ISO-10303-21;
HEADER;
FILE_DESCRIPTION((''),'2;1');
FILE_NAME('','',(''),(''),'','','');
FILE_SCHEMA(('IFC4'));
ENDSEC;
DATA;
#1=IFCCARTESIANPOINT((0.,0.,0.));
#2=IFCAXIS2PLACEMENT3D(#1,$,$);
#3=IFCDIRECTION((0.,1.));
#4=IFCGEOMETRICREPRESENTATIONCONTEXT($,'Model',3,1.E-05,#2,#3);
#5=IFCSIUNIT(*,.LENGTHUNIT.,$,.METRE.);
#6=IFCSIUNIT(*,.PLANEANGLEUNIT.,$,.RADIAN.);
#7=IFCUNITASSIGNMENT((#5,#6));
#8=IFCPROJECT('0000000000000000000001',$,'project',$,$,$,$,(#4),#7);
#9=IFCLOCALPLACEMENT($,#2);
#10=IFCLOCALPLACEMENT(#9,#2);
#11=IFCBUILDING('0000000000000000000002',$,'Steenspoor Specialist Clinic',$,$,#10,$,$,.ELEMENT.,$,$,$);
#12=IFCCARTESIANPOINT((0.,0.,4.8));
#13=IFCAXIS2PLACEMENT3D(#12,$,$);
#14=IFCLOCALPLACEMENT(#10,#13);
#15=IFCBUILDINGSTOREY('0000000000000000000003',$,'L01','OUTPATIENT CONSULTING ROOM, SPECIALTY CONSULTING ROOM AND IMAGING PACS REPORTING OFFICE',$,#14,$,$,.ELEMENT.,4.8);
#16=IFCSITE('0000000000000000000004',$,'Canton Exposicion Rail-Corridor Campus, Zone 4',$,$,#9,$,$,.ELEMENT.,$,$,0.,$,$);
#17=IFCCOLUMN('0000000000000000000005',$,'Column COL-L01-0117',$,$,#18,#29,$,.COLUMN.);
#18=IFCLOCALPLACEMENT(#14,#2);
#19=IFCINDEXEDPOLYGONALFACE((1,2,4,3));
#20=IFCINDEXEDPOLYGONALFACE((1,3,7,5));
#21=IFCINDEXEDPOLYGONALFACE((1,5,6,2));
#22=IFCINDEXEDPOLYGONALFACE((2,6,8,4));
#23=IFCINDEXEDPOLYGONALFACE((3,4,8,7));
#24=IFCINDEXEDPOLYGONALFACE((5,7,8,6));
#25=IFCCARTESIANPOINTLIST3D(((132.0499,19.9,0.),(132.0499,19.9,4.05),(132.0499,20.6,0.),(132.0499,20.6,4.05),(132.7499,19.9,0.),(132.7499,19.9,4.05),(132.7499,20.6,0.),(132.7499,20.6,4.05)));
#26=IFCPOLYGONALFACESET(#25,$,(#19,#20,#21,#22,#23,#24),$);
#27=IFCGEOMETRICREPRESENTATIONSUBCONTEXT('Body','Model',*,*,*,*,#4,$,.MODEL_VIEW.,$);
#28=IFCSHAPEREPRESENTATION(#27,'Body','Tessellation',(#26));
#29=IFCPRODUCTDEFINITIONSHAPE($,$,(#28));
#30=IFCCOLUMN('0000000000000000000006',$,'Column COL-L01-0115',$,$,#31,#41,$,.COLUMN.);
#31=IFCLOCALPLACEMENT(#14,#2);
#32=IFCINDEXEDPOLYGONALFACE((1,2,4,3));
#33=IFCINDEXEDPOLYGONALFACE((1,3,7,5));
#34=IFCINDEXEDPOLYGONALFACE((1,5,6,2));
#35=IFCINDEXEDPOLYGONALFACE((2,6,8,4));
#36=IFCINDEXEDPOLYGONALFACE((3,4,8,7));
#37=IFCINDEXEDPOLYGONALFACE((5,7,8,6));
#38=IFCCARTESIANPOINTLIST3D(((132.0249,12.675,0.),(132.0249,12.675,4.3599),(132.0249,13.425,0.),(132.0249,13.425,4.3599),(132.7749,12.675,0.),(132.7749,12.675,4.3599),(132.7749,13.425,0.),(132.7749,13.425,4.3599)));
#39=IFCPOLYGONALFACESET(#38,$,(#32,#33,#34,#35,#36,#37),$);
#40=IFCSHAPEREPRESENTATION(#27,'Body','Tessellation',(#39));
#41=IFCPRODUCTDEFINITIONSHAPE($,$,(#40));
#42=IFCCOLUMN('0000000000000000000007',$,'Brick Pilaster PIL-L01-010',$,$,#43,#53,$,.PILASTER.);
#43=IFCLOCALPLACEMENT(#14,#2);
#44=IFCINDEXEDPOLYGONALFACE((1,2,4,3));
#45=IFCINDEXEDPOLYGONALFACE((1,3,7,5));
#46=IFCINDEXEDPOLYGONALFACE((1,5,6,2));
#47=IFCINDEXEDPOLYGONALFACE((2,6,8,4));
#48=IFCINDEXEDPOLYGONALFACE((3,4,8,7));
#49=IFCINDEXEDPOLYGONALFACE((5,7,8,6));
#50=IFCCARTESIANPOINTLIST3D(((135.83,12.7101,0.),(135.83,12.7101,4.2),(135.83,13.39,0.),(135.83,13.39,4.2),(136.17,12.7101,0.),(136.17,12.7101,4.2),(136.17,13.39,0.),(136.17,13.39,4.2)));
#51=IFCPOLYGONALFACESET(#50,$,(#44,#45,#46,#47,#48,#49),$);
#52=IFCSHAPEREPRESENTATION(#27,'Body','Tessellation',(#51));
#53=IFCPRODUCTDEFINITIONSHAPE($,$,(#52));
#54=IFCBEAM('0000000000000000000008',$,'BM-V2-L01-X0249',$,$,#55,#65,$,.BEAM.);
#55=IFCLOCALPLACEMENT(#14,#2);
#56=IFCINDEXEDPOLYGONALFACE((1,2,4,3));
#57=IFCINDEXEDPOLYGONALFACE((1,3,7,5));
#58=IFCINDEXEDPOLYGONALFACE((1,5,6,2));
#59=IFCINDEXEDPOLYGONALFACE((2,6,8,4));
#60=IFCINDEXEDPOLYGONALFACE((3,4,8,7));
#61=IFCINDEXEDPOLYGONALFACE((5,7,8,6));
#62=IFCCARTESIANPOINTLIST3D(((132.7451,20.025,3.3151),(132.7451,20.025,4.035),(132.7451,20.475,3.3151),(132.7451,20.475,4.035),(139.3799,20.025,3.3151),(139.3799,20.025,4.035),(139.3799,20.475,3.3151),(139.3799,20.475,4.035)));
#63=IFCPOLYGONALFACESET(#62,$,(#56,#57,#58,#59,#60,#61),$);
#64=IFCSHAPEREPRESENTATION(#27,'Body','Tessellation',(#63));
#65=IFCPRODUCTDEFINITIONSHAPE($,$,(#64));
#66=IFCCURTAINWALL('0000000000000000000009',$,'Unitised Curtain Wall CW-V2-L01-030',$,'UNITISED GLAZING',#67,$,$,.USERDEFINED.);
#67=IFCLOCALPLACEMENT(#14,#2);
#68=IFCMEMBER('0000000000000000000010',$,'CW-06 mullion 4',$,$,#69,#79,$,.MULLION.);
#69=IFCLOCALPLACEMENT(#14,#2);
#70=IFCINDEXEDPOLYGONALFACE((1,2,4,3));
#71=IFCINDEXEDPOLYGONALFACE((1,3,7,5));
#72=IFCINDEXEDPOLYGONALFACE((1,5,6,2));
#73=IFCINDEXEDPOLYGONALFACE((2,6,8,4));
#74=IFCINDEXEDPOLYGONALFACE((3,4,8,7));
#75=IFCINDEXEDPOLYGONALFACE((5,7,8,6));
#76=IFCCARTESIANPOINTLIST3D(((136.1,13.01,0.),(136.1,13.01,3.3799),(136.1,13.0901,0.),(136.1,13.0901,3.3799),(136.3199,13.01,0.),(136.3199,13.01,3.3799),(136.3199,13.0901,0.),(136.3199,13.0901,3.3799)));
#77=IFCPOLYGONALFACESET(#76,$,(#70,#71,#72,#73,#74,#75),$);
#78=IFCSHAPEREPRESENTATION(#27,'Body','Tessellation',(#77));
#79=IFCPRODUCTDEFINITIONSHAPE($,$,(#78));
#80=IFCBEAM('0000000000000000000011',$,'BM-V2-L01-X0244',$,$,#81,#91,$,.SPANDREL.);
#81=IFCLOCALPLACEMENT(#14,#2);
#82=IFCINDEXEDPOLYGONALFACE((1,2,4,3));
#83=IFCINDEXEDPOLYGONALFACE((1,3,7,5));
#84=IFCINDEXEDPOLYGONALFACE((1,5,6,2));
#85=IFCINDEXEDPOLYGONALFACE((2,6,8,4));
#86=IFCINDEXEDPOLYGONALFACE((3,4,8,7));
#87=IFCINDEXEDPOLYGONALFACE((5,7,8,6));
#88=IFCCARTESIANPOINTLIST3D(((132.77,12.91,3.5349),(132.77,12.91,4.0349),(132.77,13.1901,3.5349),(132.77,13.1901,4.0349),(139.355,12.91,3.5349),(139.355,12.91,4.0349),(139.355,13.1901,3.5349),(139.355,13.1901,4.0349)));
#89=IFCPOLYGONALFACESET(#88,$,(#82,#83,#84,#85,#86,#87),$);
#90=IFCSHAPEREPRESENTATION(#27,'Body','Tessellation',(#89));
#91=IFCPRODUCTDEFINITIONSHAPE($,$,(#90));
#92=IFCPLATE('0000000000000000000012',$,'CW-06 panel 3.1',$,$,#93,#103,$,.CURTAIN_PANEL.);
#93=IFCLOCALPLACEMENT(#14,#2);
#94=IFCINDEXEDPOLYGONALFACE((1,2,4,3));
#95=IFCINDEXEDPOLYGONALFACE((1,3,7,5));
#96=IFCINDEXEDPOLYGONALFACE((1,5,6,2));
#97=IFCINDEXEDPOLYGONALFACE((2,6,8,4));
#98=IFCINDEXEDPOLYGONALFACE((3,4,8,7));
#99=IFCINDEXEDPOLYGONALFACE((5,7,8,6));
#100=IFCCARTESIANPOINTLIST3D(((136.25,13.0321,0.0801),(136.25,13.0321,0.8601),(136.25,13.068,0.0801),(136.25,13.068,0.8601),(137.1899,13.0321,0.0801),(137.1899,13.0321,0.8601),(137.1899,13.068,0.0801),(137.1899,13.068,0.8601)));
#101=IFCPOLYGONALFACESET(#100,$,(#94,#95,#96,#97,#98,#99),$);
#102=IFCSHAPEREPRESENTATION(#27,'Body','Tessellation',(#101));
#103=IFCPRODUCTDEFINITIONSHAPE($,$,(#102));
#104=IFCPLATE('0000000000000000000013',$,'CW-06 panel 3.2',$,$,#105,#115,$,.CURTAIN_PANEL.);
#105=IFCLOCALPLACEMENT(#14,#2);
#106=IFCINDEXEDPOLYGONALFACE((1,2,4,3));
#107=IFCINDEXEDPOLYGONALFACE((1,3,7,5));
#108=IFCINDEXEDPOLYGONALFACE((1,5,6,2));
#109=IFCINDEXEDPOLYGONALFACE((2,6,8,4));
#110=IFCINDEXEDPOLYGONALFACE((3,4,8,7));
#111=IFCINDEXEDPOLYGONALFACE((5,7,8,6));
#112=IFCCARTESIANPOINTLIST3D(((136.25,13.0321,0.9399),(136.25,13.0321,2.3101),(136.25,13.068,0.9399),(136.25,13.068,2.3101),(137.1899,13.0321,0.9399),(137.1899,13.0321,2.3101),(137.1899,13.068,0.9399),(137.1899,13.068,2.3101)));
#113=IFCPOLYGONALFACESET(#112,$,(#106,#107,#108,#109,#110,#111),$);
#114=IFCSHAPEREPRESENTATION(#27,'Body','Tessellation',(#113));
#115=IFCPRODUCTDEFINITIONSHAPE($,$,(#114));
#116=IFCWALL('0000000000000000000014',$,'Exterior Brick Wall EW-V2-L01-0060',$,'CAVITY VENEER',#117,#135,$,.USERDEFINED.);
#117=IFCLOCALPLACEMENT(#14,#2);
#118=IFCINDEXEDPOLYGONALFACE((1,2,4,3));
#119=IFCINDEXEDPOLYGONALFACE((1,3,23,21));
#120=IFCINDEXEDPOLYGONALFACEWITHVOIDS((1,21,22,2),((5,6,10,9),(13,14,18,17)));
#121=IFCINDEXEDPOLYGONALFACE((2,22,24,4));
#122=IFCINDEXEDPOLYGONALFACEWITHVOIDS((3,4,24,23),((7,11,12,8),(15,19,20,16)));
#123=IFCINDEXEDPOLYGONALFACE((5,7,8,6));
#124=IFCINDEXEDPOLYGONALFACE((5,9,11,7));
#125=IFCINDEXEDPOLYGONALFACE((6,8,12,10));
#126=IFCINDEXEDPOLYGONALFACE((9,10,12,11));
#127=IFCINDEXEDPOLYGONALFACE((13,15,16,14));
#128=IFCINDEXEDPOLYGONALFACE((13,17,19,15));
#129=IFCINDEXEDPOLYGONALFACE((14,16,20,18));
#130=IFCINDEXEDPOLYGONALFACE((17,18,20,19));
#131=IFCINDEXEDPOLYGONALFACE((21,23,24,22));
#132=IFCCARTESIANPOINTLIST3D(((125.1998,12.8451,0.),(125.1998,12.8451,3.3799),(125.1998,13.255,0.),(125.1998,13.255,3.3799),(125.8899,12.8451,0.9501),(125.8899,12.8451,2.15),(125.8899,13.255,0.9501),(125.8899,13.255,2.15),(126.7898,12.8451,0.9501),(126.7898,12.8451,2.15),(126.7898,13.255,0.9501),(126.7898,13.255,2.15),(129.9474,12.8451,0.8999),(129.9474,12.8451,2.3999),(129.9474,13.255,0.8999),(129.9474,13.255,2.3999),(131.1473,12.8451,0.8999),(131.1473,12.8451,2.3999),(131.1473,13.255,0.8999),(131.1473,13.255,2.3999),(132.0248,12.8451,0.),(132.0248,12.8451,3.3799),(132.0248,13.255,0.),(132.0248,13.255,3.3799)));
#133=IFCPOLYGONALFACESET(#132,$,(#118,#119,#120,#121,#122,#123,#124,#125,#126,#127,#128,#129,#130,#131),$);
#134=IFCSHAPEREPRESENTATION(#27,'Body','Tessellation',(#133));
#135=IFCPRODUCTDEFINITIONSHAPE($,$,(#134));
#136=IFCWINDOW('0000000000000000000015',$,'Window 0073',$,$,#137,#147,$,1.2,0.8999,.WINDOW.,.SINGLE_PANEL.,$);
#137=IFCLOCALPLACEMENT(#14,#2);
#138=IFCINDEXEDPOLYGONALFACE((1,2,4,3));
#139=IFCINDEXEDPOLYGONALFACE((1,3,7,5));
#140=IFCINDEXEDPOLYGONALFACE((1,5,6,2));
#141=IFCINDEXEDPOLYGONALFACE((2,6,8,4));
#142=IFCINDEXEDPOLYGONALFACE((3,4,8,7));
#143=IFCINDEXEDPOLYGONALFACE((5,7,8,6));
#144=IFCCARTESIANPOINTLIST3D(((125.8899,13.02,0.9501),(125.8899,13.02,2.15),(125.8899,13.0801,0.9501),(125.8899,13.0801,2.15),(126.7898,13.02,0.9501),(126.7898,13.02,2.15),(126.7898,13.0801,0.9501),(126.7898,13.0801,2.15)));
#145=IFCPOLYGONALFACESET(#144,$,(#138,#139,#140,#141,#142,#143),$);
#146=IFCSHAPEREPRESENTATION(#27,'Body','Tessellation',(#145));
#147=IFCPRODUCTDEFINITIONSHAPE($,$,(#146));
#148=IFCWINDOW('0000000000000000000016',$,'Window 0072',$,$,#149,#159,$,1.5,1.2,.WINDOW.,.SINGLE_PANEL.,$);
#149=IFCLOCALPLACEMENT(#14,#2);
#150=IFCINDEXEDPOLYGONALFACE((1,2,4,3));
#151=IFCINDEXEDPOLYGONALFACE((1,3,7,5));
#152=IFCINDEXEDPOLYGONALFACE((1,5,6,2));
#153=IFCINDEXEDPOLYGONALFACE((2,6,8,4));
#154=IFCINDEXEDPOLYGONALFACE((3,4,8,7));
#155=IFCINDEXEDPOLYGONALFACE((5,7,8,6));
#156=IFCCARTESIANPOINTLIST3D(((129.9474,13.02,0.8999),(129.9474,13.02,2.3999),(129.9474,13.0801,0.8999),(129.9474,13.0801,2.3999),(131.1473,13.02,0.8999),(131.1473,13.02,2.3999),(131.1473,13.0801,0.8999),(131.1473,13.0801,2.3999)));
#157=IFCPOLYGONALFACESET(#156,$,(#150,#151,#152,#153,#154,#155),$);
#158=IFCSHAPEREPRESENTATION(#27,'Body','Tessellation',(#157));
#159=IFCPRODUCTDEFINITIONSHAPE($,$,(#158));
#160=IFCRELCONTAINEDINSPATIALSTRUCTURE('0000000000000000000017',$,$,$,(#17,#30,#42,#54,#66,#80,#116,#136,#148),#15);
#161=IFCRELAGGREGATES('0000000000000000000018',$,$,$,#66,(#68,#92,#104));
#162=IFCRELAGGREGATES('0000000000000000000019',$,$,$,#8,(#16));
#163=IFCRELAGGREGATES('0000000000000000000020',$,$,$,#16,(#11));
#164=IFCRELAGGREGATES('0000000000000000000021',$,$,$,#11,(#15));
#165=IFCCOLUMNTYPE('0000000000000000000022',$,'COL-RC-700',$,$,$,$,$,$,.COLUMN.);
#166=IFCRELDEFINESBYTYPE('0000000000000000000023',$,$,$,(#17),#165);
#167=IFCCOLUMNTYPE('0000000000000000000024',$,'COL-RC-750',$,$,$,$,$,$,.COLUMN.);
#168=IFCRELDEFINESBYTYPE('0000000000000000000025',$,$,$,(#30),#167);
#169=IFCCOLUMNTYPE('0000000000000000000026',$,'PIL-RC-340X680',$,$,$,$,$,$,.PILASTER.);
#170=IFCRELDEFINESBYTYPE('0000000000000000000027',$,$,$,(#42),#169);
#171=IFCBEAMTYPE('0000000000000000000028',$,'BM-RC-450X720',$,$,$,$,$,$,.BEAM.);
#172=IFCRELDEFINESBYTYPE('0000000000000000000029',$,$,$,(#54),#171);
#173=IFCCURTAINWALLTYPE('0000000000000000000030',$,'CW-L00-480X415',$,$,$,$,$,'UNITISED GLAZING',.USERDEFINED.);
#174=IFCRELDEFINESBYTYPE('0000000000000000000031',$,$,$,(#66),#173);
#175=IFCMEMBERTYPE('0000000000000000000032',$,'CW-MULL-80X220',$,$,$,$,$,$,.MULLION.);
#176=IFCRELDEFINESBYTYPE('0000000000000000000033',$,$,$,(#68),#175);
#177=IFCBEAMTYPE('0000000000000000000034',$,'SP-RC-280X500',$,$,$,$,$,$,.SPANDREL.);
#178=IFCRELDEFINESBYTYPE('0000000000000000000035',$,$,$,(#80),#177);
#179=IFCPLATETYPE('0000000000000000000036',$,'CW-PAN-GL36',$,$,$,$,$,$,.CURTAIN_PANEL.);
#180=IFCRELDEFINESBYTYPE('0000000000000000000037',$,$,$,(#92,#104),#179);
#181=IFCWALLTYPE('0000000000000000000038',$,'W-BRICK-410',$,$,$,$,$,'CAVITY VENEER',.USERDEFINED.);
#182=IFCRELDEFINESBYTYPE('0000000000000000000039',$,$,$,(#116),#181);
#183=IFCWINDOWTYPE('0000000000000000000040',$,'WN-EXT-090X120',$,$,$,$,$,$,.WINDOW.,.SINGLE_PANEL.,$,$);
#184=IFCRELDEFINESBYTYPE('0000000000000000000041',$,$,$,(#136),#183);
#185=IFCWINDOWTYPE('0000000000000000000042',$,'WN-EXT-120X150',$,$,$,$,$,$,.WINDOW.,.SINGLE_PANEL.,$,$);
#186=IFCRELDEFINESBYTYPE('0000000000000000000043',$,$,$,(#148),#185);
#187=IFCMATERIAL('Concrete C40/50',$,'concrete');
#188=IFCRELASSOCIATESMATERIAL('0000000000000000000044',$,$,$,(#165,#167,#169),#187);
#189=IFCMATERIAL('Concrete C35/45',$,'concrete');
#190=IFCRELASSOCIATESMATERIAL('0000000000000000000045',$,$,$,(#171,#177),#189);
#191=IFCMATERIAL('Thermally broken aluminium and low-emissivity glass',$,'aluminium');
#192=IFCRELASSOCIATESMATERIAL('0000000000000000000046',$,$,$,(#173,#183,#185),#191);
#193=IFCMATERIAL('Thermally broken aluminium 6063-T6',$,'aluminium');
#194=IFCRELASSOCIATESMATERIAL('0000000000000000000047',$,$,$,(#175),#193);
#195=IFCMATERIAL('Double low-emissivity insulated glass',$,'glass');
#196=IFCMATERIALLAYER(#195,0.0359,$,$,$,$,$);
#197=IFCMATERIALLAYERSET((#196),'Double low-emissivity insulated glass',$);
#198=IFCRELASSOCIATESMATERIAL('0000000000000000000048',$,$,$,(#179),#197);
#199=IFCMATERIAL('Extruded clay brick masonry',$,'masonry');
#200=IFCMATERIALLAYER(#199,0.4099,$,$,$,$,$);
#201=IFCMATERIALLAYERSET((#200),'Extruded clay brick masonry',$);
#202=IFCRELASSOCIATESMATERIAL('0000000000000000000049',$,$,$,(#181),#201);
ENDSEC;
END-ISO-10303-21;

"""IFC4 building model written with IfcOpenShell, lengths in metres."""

from ifc_helpers import new_model, si_unit, direction, frame, frame_2d, origin, origin_2d, place, context, subcontext, project, spatial, rectangle, extrude, material, layer, layer_set, material_profile, profile_set, type_object, element, fill, aggregate, save


model = new_model("IFC4")

# Units and contexts
model_context = context("Model", 3, precision=1e-05, world=origin(), true_north=direction((0.0, 1.0)))
body_context = subcontext(model_context, "Body", "Model", "MODEL_VIEW")
ifc_project = project(units=[si_unit("LENGTHUNIT", "METRE"), si_unit("PLANEANGLEUNIT", "RADIAN")], contexts=[model_context])

# Site, building, storey
site_placement = place(None, origin())
site = spatial("IfcSite", under=ifc_project, at=site_placement, Name="Canton Exposicion Rail-Corridor Campus, Zone 4", CompositionType="ELEMENT", RefElevation=0.0)
building_placement = place(site_placement, origin())
building = spatial("IfcBuilding", under=site, at=building_placement, Name="Steenspoor Specialist Clinic", CompositionType="ELEMENT")
storey_placement = place(building_placement, frame((0.0, 0.0, 4.8)))
storey = spatial("IfcBuildingStorey", under=building, at=storey_placement, Name="L01", Description="OUTPATIENT CONSULTING ROOM, SPECIALTY CONSULTING ROOM AND IMAGING PACS REPORTING OFFICE", CompositionType="ELEMENT", Elevation=4.8)

# Columns
ifc_material_1 = material(Name="Concrete C40/50", Category="concrete")
ifc_material_profile_1 = material_profile(ifc_material_1, rectangle(XDim=0.7, YDim=0.7, at=origin_2d()), Name="RC-COL-700X700")
ifc_profile_set_1 = profile_set([ifc_material_profile_1], Name="Concrete C40/50")
column_type_1 = type_object("IfcColumnType", Name="COL-RC-700", PredefinedType="COLUMN", material=ifc_profile_set_1)
column_1_placement = place(storey_placement, frame((132.3999, 20.25, 0.0), z_axis=(0.0, 0.0, 1.0), x_axis=(1.0, 0.0, 0.0)))
element("IfcColumn", 1, at=column_1_placement, inside=storey, type_object=column_type_1, Name="Column COL-L01-0117", PredefinedType="COLUMN", context=body_context, shape_type="SweptSolid", body=[
    extrude(rectangle(XDim=0.7, YDim=0.7, at=origin_2d()), origin(), (0.0, 0.0, 1.0), 4.05),
])
ifc_material_profile_2 = material_profile(ifc_material_1, rectangle(XDim=0.75, YDim=0.75, at=origin_2d()), Name="RC-COL-750X750")
ifc_profile_set_2 = profile_set([ifc_material_profile_2], Name="Concrete C40/50")
column_type_2 = type_object("IfcColumnType", Name="COL-RC-750", PredefinedType="COLUMN", material=ifc_profile_set_2)
column_2_placement = place(storey_placement, frame((132.3999, 13.05, 0.0), z_axis=(0.0, 0.0, 1.0), x_axis=(1.0, 0.0, 0.0)))
element("IfcColumn", 2, at=column_2_placement, inside=storey, type_object=column_type_2, Name="Column COL-L01-0115", PredefinedType="COLUMN", context=body_context, shape_type="SweptSolid", body=[
    extrude(rectangle(XDim=0.75, YDim=0.75, at=origin_2d()), origin(), (0.0, 0.0, 1.0), 4.3599),
])
ifc_material_profile_3 = material_profile(ifc_material_1, rectangle(XDim=0.3401, YDim=0.6799, at=origin_2d()), Name="RC-PIL-340X680")
ifc_profile_set_3 = profile_set([ifc_material_profile_3], Name="Concrete C40/50")
column_type_3 = type_object("IfcColumnType", Name="PIL-RC-340X680", PredefinedType="PILASTER", material=ifc_profile_set_3)
column_3_placement = place(storey_placement, frame((136.0, 13.05, 0.0), z_axis=(0.0, 0.0, 1.0), x_axis=(1.0, 0.0, 0.0)))
element("IfcColumn", 3, at=column_3_placement, inside=storey, type_object=column_type_3, Name="Brick Pilaster PIL-L01-010", PredefinedType="PILASTER", context=body_context, shape_type="SweptSolid", body=[
    extrude(rectangle(XDim=0.3401, YDim=0.6799, at=origin_2d()), origin(), (0.0, 0.0, 1.0), 4.2),
])

# Beam
ifc_material_2 = material(Name="Concrete C35/45", Category="concrete")
ifc_material_profile_4 = material_profile(ifc_material_2, rectangle(XDim=0.45, YDim=0.72, at=origin_2d()), Name="RC-BM-450X720")
ifc_profile_set_4 = profile_set([ifc_material_profile_4], Name="Concrete C35/45")
beam_type_1 = type_object("IfcBeamType", Name="BM-RC-450X720", PredefinedType="BEAM", material=ifc_profile_set_4)
beam_1_placement = place(storey_placement, frame((132.7451, 20.25, 3.675), z_axis=(1.0, 0.0, 0.0), x_axis=(0.0, 1.0, 0.0)))
element("IfcBeam", 4, at=beam_1_placement, inside=storey, type_object=beam_type_1, Name="BM-V2-L01-X0249", PredefinedType="BEAM", context=body_context, shape_type="SweptSolid", body=[
    extrude(rectangle(XDim=0.45, YDim=0.72, at=origin_2d()), origin(), (0.0, 0.0, 1.0), 6.6348),
])

# Curtain wall, member
ifc_material_3 = material(Name="Thermally broken aluminium and low-emissivity glass", Category="aluminium")
curtain_wall_type = type_object("IfcCurtainWallType", Name="CW-L00-480X415", ElementType="UNITISED GLAZING", PredefinedType="USERDEFINED", material=ifc_material_3)
curtain_wall_placement = place(storey_placement, origin())
curtain_wall = element("IfcCurtainWall", 5, at=curtain_wall_placement, inside=storey, type_object=curtain_wall_type, Name="Unitised Curtain Wall CW-V2-L01-030", ObjectType="UNITISED GLAZING", PredefinedType="USERDEFINED")
ifc_material_4 = material(Name="Thermally broken aluminium 6063-T6", Category="aluminium")
ifc_material_profile_5 = material_profile(ifc_material_4, rectangle(XDim=0.0801, YDim=0.22, at=origin_2d()), Name="CWM-80X220")
ifc_profile_set_5 = profile_set([ifc_material_profile_5], Name="Thermally broken aluminium 6063-T6")
member_type = type_object("IfcMemberType", Name="CW-MULL-80X220", PredefinedType="MULLION", material=ifc_profile_set_5)
member_placement = place(storey_placement, frame((136.21, 13.05, 0.0), z_axis=(0.0, 0.0, 1.0), x_axis=(0.0, -1.0, 0.0)))
member = element("IfcMember", 6, at=member_placement, type_object=member_type, Name="CW-06 mullion 4", PredefinedType="MULLION", context=body_context, shape_type="SweptSolid", body=[
    extrude(rectangle(XDim=0.0801, YDim=0.22, at=origin_2d()), origin(), (0.0, 0.0, 1.0), 3.3799),
])

# Beam
ifc_material_profile_6 = material_profile(ifc_material_2, rectangle(XDim=0.28, YDim=0.5, at=origin_2d()), Name="RC-SP-280X500")
ifc_profile_set_6 = profile_set([ifc_material_profile_6], Name="Concrete C35/45")
beam_type_2 = type_object("IfcBeamType", Name="SP-RC-280X500", PredefinedType="SPANDREL", material=ifc_profile_set_6)
beam_2_placement = place(storey_placement, frame((132.77, 13.05, 3.7849), z_axis=(1.0, 0.0, 0.0), x_axis=(0.0, 1.0, 0.0)))
element("IfcBeam", 7, at=beam_2_placement, inside=storey, type_object=beam_type_2, Name="BM-V2-L01-X0244", PredefinedType="SPANDREL", context=body_context, shape_type="SweptSolid", body=[
    extrude(rectangle(XDim=0.28, YDim=0.5, at=origin_2d()), origin(), (0.0, 0.0, 1.0), 6.585),
])

# Plates
ifc_material_5 = material(Name="Double low-emissivity insulated glass", Category="glass")
ifc_layer_1 = layer(ifc_material_5, 0.0359)
ifc_layer_set_1 = layer_set([ifc_layer_1], Name="Double low-emissivity insulated glass")
plate_type = type_object("IfcPlateType", Name="CW-PAN-GL36", PredefinedType="CURTAIN_PANEL", material=ifc_layer_set_1)
plate_1_placement = place(storey_placement, frame((136.72, 13.05, 0.0801), z_axis=(0.0, 0.0, 1.0), x_axis=(-1.0, 0.0, 0.0)))
plate_1 = element("IfcPlate", 8, at=plate_1_placement, type_object=plate_type, Name="CW-06 panel 3.1", PredefinedType="CURTAIN_PANEL", context=body_context, shape_type="SweptSolid", body=[
    extrude(rectangle(XDim=0.9399, YDim=0.0359, at=origin_2d()), origin(), (0.0, 0.0, 1.0), 0.78),
])
plate_2_placement = place(storey_placement, frame((136.72, 13.05, 0.9399), z_axis=(0.0, 0.0, 1.0), x_axis=(-1.0, 0.0, 0.0)))
plate_2 = element("IfcPlate", 9, at=plate_2_placement, type_object=plate_type, Name="CW-06 panel 3.2", PredefinedType="CURTAIN_PANEL", context=body_context, shape_type="SweptSolid", body=[
    extrude(rectangle(XDim=0.9399, YDim=0.0359, at=origin_2d()), origin(), (0.0, 0.0, 1.0), 1.3701),
])
aggregate(curtain_wall, [member, plate_1, plate_2])

# Wall, openings, windows
ifc_material_6 = material(Name="Extruded clay brick masonry", Category="masonry")
ifc_layer_2 = layer(ifc_material_6, 0.4099)
ifc_layer_set_2 = layer_set([ifc_layer_2], Name="Extruded clay brick masonry")
wall_type_1 = type_object("IfcWallType", Name="W-BRICK-410", ElementType="CAVITY VENEER", PredefinedType="USERDEFINED", material=ifc_layer_set_2)
wall_1_placement = place(storey_placement, frame((132.0249, 13.05, 0.0), z_axis=(0.0, 0.0, 1.0), x_axis=(-1.0, 0.0, 0.0)))
wall_1 = element("IfcWall", 10, at=wall_1_placement, inside=storey, type_object=wall_type_1, Name="Exterior Brick Wall EW-V2-L01-0060", ObjectType="CAVITY VENEER", PredefinedType="USERDEFINED", context=body_context, shape_type="SweptSolid", body=[
    extrude(rectangle(XDim=6.825, YDim=0.4099, at=frame_2d((3.4126, 0.0))), origin(), (0.0, 0.0, 1.0), 3.3799),
])
opening_1_placement = place(wall_1_placement, frame((0.8774, 0.0, 0.8999)))
opening_1 = element("IfcOpeningElement", 11, at=opening_1_placement, cuts=wall_1, PredefinedType="OPENING", context=body_context, shape_type="SweptSolid", body=[
    extrude(rectangle(XDim=1.2, YDim=1.5, at=frame_2d((0.6001, 0.75))), frame((0.0, 0.2148, 0.0), z_axis=(0.0, -1.0, 0.0), x_axis=(1.0, 0.0, 0.0)), (0.0, 0.0, 1.0), 0.4299),
])
opening_2_placement = place(wall_1_placement, frame((5.2351, 0.0, 0.95)))
opening_2 = element("IfcOpeningElement", 12, at=opening_2_placement, cuts=wall_1, PredefinedType="OPENING", context=body_context, shape_type="SweptSolid", body=[
    extrude(rectangle(XDim=0.8999, YDim=1.2, at=frame_2d((0.45, 0.6001))), frame((0.0, 0.2148, 0.0), z_axis=(0.0, -1.0, 0.0), x_axis=(1.0, 0.0, 0.0)), (0.0, 0.0, 1.0), 0.4299),
])
window_type_1 = type_object("IfcWindowType", Name="WN-EXT-090X120", PartitioningType="SINGLE_PANEL", PredefinedType="WINDOW", material=ifc_material_3)
window_1_placement = place(opening_2_placement, origin())
window_1 = element("IfcWindow", 13, at=window_1_placement, inside=storey, type_object=window_type_1, Name="Window 0073", OverallHeight=1.2, OverallWidth=0.8999, PartitioningType="SINGLE_PANEL", PredefinedType="WINDOW", context=body_context, shape_type="SweptSolid", body=[
    extrude(rectangle(XDim=0.8999, YDim=1.2, at=frame_2d((0.45, 0.6001))), frame((0.0, 0.03, 0.0), z_axis=(0.0, -1.0, 0.0), x_axis=(1.0, 0.0, 0.0)), (0.0, 0.0, 1.0), 0.0601),
])
fill(opening_2, window_1)
window_type_2 = type_object("IfcWindowType", Name="WN-EXT-120X150", PartitioningType="SINGLE_PANEL", PredefinedType="WINDOW", material=ifc_material_3)
window_2_placement = place(opening_1_placement, origin())
window_2 = element("IfcWindow", 14, at=window_2_placement, inside=storey, type_object=window_type_2, Name="Window 0072", OverallHeight=1.5, OverallWidth=1.2, PartitioningType="SINGLE_PANEL", PredefinedType="WINDOW", context=body_context, shape_type="SweptSolid", body=[
    extrude(rectangle(XDim=1.2, YDim=1.5, at=frame_2d((0.6001, 0.75))), frame((0.0, 0.03, 0.0), z_axis=(0.0, -1.0, 0.0), x_axis=(1.0, 0.0, 0.0)), (0.0, 0.0, 1.0), 0.0601),
])
fill(opening_1, window_2)

save(model, "model.ifc")
